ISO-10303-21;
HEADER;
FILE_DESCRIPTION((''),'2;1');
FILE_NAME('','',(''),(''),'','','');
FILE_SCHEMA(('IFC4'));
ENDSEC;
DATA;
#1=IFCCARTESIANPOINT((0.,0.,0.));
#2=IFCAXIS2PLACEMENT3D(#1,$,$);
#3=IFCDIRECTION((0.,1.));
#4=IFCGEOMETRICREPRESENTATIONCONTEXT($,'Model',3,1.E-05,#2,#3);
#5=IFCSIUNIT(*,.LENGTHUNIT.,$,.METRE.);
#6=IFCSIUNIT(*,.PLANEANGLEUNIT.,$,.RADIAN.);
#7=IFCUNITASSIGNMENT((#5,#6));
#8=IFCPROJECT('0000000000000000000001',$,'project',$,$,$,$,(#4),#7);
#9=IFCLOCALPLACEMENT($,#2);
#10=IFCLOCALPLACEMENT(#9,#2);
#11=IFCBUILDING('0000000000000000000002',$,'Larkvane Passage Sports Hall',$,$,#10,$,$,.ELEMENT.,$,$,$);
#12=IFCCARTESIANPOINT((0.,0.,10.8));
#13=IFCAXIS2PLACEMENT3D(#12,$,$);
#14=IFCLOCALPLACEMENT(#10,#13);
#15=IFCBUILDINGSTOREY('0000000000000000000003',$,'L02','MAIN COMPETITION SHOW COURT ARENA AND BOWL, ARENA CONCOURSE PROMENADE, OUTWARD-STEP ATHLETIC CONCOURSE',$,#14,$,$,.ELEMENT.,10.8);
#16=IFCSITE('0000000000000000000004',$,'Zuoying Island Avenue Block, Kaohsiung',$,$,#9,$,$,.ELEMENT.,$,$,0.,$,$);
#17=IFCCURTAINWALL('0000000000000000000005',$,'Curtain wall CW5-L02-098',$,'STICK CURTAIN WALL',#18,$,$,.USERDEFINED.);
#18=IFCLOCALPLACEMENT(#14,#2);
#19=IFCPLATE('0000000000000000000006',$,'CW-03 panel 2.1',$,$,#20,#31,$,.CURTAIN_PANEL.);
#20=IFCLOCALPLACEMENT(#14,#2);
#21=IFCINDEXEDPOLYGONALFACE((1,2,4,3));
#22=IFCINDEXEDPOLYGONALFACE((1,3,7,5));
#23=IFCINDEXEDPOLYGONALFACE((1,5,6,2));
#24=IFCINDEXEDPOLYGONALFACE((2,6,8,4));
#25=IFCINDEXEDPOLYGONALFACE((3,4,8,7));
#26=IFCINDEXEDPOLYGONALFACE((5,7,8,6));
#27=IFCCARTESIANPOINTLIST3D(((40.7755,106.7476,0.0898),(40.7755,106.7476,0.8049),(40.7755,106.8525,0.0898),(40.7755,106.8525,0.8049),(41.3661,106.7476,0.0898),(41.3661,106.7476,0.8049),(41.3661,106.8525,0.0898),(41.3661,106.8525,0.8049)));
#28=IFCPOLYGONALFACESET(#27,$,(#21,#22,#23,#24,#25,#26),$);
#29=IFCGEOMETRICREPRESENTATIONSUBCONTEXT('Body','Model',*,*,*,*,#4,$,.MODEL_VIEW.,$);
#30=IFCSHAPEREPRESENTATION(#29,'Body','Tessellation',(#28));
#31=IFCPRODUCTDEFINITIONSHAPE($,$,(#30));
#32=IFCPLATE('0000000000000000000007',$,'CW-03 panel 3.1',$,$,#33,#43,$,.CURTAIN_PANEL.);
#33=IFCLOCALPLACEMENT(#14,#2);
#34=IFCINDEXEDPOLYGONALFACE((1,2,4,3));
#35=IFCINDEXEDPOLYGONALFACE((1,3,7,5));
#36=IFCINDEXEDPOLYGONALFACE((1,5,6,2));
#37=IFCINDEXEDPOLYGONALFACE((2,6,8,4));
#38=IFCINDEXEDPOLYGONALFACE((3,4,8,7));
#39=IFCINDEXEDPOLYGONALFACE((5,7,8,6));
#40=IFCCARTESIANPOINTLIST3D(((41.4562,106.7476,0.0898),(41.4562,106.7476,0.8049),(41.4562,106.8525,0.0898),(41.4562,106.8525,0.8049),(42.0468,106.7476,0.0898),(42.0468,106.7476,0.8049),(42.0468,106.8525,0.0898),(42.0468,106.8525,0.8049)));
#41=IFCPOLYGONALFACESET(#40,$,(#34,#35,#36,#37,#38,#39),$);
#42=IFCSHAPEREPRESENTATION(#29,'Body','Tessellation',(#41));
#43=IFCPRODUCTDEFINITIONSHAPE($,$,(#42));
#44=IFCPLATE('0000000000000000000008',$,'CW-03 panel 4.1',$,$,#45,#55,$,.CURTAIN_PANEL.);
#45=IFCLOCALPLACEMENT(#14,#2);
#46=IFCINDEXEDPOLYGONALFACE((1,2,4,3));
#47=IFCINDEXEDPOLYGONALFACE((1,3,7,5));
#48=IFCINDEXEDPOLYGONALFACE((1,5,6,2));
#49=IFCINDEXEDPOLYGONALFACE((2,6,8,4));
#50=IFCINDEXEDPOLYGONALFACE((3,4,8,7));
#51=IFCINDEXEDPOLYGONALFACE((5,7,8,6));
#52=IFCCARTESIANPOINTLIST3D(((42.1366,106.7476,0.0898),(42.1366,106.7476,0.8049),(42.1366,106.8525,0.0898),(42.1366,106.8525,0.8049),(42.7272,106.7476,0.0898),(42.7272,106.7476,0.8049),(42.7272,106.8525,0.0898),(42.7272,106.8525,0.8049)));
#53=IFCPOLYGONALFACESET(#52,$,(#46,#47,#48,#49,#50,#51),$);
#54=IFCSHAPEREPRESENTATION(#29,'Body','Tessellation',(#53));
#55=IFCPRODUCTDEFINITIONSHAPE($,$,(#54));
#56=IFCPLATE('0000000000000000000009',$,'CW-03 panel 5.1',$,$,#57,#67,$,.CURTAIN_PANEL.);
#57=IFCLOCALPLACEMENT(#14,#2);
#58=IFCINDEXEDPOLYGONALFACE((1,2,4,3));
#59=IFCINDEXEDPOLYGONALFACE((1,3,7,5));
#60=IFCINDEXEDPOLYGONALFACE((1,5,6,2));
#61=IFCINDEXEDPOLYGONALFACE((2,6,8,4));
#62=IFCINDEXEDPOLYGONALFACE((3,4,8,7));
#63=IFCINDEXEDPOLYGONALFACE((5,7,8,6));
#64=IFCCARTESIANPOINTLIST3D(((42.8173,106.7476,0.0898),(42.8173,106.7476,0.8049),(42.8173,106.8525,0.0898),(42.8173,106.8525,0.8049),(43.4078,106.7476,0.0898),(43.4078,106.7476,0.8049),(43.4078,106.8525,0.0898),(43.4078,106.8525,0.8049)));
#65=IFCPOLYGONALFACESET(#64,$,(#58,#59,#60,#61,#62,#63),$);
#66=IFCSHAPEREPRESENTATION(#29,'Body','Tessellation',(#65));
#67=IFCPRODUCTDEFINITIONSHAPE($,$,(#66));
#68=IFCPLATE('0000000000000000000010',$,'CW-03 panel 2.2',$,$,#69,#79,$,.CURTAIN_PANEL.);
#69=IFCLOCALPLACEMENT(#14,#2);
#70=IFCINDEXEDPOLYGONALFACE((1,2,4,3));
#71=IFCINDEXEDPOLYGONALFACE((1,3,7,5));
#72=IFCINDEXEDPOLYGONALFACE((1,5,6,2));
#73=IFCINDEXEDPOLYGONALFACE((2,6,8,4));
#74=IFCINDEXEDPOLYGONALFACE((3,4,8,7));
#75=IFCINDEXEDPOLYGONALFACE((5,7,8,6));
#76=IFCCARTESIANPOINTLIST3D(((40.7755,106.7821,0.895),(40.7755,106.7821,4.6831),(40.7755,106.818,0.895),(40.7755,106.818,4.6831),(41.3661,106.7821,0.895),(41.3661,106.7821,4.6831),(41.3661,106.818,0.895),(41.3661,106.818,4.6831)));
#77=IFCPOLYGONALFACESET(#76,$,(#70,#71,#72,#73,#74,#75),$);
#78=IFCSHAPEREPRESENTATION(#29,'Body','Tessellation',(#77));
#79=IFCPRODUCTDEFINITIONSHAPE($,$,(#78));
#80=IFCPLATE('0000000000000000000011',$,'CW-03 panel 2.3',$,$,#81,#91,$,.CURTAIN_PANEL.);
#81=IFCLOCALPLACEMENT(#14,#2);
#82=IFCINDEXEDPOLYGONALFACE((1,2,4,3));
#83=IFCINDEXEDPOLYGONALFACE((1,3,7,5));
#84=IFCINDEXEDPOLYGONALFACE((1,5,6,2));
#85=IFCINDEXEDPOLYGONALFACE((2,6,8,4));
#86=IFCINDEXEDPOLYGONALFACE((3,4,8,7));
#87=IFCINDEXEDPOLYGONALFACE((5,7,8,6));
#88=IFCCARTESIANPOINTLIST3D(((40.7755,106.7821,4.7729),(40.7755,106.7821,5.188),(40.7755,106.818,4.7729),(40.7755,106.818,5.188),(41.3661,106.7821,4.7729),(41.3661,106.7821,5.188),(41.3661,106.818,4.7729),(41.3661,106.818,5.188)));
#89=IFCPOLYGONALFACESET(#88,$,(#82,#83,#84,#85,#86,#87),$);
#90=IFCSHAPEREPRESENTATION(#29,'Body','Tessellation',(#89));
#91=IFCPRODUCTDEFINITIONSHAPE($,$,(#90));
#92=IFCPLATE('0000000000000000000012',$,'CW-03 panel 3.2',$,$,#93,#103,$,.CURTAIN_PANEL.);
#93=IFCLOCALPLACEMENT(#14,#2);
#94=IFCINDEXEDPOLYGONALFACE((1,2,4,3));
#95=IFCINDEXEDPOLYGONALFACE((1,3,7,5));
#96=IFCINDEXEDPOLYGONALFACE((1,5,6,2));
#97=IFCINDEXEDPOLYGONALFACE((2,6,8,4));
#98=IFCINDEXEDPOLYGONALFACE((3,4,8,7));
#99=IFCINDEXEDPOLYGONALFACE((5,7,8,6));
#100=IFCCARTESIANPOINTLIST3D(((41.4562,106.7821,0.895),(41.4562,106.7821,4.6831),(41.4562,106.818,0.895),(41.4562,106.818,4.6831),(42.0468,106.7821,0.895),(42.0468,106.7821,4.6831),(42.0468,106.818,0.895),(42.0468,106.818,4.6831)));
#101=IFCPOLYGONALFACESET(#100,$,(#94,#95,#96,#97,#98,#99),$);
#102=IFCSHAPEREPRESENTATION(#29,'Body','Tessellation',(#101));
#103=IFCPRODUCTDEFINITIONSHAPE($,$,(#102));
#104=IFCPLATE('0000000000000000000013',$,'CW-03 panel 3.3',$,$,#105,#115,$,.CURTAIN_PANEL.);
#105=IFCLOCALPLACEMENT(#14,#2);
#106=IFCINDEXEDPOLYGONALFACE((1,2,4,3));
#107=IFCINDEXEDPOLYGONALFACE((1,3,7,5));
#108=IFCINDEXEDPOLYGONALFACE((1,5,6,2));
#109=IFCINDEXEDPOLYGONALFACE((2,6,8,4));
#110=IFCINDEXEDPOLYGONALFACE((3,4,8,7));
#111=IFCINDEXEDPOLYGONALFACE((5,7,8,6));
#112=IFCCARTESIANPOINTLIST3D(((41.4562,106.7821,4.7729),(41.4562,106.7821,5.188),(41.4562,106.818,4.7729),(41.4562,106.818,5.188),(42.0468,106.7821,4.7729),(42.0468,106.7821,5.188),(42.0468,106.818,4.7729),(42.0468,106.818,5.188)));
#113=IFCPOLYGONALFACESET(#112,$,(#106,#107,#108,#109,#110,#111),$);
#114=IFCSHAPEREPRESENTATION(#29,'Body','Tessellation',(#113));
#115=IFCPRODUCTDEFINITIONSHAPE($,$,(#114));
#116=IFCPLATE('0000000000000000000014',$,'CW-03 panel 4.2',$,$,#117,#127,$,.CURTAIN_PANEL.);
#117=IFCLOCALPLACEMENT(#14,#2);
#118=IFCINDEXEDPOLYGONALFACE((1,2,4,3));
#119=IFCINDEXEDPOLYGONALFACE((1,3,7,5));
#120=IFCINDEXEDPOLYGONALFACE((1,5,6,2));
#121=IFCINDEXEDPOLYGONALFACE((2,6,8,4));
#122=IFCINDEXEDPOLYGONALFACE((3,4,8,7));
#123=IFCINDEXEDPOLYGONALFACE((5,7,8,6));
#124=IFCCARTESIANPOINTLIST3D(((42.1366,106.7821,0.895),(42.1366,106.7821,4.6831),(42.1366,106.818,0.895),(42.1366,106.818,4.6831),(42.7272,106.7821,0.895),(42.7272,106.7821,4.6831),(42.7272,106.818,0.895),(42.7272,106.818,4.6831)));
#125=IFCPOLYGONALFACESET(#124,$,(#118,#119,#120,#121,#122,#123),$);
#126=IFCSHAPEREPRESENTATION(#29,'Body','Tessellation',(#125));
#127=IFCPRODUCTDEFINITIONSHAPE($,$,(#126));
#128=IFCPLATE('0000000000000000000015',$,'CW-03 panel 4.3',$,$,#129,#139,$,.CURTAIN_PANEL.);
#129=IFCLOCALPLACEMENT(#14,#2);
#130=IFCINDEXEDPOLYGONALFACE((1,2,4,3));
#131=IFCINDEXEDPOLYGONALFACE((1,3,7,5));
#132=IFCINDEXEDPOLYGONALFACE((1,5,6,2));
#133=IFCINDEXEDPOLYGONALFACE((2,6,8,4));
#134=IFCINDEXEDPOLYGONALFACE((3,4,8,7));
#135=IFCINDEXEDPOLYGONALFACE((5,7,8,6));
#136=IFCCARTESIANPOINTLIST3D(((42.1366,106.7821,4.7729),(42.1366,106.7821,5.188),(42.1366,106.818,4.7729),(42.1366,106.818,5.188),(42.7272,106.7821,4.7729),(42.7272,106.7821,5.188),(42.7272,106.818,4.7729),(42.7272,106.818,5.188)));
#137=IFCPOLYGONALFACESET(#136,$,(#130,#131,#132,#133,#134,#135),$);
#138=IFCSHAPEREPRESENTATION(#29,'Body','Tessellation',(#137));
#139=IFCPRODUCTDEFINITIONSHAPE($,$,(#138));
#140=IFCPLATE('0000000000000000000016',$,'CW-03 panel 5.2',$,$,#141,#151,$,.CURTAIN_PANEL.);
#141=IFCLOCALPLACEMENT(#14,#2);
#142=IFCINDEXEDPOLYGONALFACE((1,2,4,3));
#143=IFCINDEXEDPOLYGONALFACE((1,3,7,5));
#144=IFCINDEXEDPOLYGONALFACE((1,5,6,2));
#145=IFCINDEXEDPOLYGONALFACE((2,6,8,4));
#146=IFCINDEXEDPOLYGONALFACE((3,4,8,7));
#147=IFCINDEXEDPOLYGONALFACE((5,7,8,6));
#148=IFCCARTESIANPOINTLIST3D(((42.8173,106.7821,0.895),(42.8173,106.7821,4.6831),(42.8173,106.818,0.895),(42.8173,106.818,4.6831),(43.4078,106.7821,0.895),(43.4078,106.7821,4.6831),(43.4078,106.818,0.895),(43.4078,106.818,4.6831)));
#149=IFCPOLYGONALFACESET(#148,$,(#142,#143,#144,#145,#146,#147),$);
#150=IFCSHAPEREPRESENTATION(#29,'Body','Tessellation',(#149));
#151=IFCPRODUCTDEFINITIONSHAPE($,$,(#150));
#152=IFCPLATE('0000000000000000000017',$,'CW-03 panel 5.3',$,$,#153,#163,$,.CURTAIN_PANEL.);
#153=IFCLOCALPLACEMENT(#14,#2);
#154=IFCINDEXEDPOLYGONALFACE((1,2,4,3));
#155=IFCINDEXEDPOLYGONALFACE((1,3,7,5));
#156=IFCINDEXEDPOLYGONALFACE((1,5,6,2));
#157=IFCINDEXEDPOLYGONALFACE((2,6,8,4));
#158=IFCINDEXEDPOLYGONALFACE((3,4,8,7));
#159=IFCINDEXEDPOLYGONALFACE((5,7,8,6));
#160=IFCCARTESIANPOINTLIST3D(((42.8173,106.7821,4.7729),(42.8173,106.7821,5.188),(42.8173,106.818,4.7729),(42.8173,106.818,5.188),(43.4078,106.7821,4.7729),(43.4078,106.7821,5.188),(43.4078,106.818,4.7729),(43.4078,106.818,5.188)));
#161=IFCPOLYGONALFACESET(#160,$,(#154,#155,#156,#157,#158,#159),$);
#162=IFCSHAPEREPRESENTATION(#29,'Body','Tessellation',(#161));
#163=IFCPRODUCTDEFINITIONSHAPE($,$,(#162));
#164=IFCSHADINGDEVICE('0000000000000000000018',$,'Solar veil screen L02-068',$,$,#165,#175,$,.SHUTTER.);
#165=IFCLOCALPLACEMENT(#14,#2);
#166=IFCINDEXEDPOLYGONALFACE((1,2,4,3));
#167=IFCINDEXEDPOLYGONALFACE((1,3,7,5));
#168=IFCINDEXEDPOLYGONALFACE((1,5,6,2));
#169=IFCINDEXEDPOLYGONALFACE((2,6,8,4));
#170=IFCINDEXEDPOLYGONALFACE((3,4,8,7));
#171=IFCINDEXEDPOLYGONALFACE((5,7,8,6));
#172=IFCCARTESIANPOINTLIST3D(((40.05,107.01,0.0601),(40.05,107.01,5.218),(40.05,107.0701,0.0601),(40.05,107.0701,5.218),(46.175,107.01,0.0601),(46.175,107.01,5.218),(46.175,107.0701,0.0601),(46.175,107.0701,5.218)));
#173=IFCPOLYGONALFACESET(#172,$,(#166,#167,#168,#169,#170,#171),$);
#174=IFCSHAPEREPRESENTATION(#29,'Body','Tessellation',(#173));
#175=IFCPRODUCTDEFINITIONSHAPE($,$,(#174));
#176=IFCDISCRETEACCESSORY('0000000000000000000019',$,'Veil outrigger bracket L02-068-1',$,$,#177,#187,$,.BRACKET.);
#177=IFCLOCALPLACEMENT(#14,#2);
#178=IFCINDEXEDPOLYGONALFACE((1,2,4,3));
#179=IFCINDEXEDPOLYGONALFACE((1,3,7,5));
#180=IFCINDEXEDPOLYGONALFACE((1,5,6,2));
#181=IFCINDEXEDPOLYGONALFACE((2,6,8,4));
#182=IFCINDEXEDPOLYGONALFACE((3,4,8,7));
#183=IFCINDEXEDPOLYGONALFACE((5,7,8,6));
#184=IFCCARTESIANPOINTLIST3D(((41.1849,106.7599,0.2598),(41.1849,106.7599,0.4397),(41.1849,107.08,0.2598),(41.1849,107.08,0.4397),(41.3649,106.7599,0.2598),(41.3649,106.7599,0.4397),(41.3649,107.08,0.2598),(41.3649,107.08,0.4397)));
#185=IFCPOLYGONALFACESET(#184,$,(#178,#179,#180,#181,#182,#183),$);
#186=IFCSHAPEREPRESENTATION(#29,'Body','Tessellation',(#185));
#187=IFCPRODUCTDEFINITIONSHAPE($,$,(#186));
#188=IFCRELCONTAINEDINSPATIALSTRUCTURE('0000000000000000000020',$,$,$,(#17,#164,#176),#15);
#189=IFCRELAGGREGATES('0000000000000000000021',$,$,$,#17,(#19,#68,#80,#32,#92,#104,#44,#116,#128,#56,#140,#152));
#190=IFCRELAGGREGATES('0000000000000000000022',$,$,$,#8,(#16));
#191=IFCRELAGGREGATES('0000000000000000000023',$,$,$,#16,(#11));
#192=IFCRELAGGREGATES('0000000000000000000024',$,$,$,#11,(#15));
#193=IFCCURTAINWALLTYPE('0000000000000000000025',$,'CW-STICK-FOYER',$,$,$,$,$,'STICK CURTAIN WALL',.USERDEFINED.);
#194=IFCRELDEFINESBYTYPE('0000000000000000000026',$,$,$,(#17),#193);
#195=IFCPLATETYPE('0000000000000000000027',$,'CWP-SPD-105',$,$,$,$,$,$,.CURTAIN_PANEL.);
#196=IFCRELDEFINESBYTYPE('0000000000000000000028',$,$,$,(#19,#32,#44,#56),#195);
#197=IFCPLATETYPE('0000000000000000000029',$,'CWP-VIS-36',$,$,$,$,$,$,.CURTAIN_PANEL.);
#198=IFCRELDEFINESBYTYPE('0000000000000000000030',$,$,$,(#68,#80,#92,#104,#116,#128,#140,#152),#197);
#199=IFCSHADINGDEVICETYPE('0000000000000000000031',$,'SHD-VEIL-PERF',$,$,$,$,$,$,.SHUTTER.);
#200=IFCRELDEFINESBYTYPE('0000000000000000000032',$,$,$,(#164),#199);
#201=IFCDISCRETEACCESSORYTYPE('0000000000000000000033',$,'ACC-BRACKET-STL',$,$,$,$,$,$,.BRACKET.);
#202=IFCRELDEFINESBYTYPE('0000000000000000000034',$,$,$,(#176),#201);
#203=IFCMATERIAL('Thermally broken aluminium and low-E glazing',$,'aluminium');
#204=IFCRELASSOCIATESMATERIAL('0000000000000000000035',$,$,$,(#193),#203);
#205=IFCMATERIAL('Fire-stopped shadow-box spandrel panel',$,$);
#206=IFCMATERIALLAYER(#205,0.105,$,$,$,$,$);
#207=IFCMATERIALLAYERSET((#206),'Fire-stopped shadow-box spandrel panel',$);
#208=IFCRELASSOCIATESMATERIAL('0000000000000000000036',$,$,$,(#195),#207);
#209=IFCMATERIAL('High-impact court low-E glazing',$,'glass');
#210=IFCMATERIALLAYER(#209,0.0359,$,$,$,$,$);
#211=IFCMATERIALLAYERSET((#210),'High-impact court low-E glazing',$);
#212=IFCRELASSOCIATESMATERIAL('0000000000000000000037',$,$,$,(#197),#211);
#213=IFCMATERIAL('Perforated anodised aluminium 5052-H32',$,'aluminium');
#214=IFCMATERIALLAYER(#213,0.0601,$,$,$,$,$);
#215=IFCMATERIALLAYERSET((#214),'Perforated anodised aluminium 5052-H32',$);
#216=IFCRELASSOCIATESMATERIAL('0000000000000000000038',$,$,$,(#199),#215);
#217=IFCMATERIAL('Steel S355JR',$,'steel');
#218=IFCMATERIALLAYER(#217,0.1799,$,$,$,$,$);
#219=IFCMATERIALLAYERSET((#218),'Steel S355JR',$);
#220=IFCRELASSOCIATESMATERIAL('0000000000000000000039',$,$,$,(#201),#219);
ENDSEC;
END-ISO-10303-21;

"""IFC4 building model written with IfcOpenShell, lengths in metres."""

from ifc_helpers import new_model, si_unit, direction, frame, origin, origin_2d, place, context, subcontext, project, spatial, rectangle, extrude, material, layer, layer_set, type_object, element, aggregate, save


model = new_model("IFC4")

# Units and contexts
model_context = context("Model", 3, precision=1e-05, world=origin(), true_north=direction((0.0, 1.0)))
body_context = subcontext(model_context, "Body", "Model", "MODEL_VIEW")
ifc_project = project(units=[si_unit("LENGTHUNIT", "METRE"), si_unit("PLANEANGLEUNIT", "RADIAN")], contexts=[model_context])

# Site, building, storey
site_placement = place(None, origin())
site = spatial("IfcSite", under=ifc_project, at=site_placement, Name="Zuoying Island Avenue Block, Kaohsiung", CompositionType="ELEMENT", RefElevation=0.0)
building_placement = place(site_placement, origin())
building = spatial("IfcBuilding", under=site, at=building_placement, Name="Larkvane Passage Sports Hall", CompositionType="ELEMENT")
storey_placement = place(building_placement, frame((0.0, 0.0, 10.8)))
storey = spatial("IfcBuildingStorey", under=building, at=storey_placement, Name="L02", Description="MAIN COMPETITION SHOW COURT ARENA AND BOWL, ARENA CONCOURSE PROMENADE, OUTWARD-STEP ATHLETIC CONCOURSE", CompositionType="ELEMENT", Elevation=10.8)

# Curtain wall, plates
ifc_material_1 = material(Name="Thermally broken aluminium and low-E glazing", Category="aluminium")
curtain_wall_type = type_object("IfcCurtainWallType", Name="CW-STICK-FOYER", ElementType="STICK CURTAIN WALL", PredefinedType="USERDEFINED", material=ifc_material_1)
curtain_wall_placement = place(storey_placement, origin())
curtain_wall = element("IfcCurtainWall", 1, at=curtain_wall_placement, inside=storey, type_object=curtain_wall_type, Name="Curtain wall CW5-L02-098", ObjectType="STICK CURTAIN WALL", PredefinedType="USERDEFINED")
ifc_material_2 = material(Name="Fire-stopped shadow-box spandrel panel")
ifc_layer_1 = layer(ifc_material_2, 0.105)
ifc_layer_set_1 = layer_set([ifc_layer_1], Name="Fire-stopped shadow-box spandrel panel")
plate_type_1 = type_object("IfcPlateType", Name="CWP-SPD-105", PredefinedType="CURTAIN_PANEL", material=ifc_layer_set_1)
plate_1_placement = place(storey_placement, frame((41.0708, 106.8, 0.0898), z_axis=(0.0, 0.0, 1.0), x_axis=(1.0, 0.0, 0.0)))
plate_1 = element("IfcPlate", 2, at=plate_1_placement, type_object=plate_type_1, Name="CW-03 panel 2.1", PredefinedType="CURTAIN_PANEL", context=body_context, shape_type="SweptSolid", body=[
    extrude(rectangle(XDim=0.5906, YDim=0.105, at=origin_2d()), origin(), (0.0, 0.0, 1.0), 0.7151),
])
plate_2_placement = place(storey_placement, frame((41.7515, 106.8, 0.0898), z_axis=(0.0, 0.0, 1.0), x_axis=(1.0, 0.0, 0.0)))
plate_2 = element("IfcPlate", 3, at=plate_2_placement, type_object=plate_type_1, Name="CW-03 panel 3.1", PredefinedType="CURTAIN_PANEL", context=body_context, shape_type="SweptSolid", body=[
    extrude(rectangle(XDim=0.5906, YDim=0.105, at=origin_2d()), origin(), (0.0, 0.0, 1.0), 0.7151),
])
plate_3_placement = place(storey_placement, frame((42.4319, 106.8, 0.0898), z_axis=(0.0, 0.0, 1.0), x_axis=(1.0, 0.0, 0.0)))
plate_3 = element("IfcPlate", 4, at=plate_3_placement, type_object=plate_type_1, Name="CW-03 panel 4.1", PredefinedType="CURTAIN_PANEL", context=body_context, shape_type="SweptSolid", body=[
    extrude(rectangle(XDim=0.5906, YDim=0.105, at=origin_2d()), origin(), (0.0, 0.0, 1.0), 0.7151),
])
plate_4_placement = place(storey_placement, frame((43.1125, 106.8, 0.0898), z_axis=(0.0, 0.0, 1.0), x_axis=(1.0, 0.0, 0.0)))
plate_4 = element("IfcPlate", 5, at=plate_4_placement, type_object=plate_type_1, Name="CW-03 panel 5.1", PredefinedType="CURTAIN_PANEL", context=body_context, shape_type="SweptSolid", body=[
    extrude(rectangle(XDim=0.5906, YDim=0.105, at=origin_2d()), origin(), (0.0, 0.0, 1.0), 0.7151),
])
ifc_material_3 = material(Name="High-impact court low-E glazing", Category="glass")
ifc_layer_2 = layer(ifc_material_3, 0.0359)
ifc_layer_set_2 = layer_set([ifc_layer_2], Name="High-impact court low-E glazing")
plate_type_2 = type_object("IfcPlateType", Name="CWP-VIS-36", PredefinedType="CURTAIN_PANEL", material=ifc_layer_set_2)
plate_5_placement = place(storey_placement, frame((41.0708, 106.8, 0.895), z_axis=(0.0, 0.0, 1.0), x_axis=(1.0, 0.0, 0.0)))
plate_5 = element("IfcPlate", 6, at=plate_5_placement, type_object=plate_type_2, Name="CW-03 panel 2.2", PredefinedType="CURTAIN_PANEL", context=body_context, shape_type="SweptSolid", body=[
    extrude(rectangle(XDim=0.5906, YDim=0.0359, at=origin_2d()), origin(), (0.0, 0.0, 1.0), 3.7881),
])
plate_6_placement = place(storey_placement, frame((41.0708, 106.8, 4.7729), z_axis=(0.0, 0.0, 1.0), x_axis=(1.0, 0.0, 0.0)))
plate_6 = element("IfcPlate", 7, at=plate_6_placement, type_object=plate_type_2, Name="CW-03 panel 2.3", PredefinedType="CURTAIN_PANEL", context=body_context, shape_type="SweptSolid", body=[
    extrude(rectangle(XDim=0.5906, YDim=0.0359, at=origin_2d()), origin(), (0.0, 0.0, 1.0), 0.415),
])
plate_7_placement = place(storey_placement, frame((41.7515, 106.8, 0.895), z_axis=(0.0, 0.0, 1.0), x_axis=(1.0, 0.0, 0.0)))
plate_7 = element("IfcPlate", 8, at=plate_7_placement, type_object=plate_type_2, Name="CW-03 panel 3.2", PredefinedType="CURTAIN_PANEL", context=body_context, shape_type="SweptSolid", body=[
    extrude(rectangle(XDim=0.5906, YDim=0.0359, at=origin_2d()), origin(), (0.0, 0.0, 1.0), 3.7881),
])
plate_8_placement = place(storey_placement, frame((41.7515, 106.8, 4.7729), z_axis=(0.0, 0.0, 1.0), x_axis=(1.0, 0.0, 0.0)))
plate_8 = element("IfcPlate", 9, at=plate_8_placement, type_object=plate_type_2, Name="CW-03 panel 3.3", PredefinedType="CURTAIN_PANEL", context=body_context, shape_type="SweptSolid", body=[
    extrude(rectangle(XDim=0.5906, YDim=0.0359, at=origin_2d()), origin(), (0.0, 0.0, 1.0), 0.415),
])
plate_9_placement = place(storey_placement, frame((42.4319, 106.8, 0.895), z_axis=(0.0, 0.0, 1.0), x_axis=(1.0, 0.0, 0.0)))
plate_9 = element("IfcPlate", 10, at=plate_9_placement, type_object=plate_type_2, Name="CW-03 panel 4.2", PredefinedType="CURTAIN_PANEL", context=body_context, shape_type="SweptSolid", body=[
    extrude(rectangle(XDim=0.5906, YDim=0.0359, at=origin_2d()), origin(), (0.0, 0.0, 1.0), 3.7881),
])
plate_10_placement = place(storey_placement, frame((42.4319, 106.8, 4.7729), z_axis=(0.0, 0.0, 1.0), x_axis=(1.0, 0.0, 0.0)))
plate_10 = element("IfcPlate", 11, at=plate_10_placement, type_object=plate_type_2, Name="CW-03 panel 4.3", PredefinedType="CURTAIN_PANEL", context=body_context, shape_type="SweptSolid", body=[
    extrude(rectangle(XDim=0.5906, YDim=0.0359, at=origin_2d()), origin(), (0.0, 0.0, 1.0), 0.415),
])
plate_11_placement = place(storey_placement, frame((43.1125, 106.8, 0.895), z_axis=(0.0, 0.0, 1.0), x_axis=(1.0, 0.0, 0.0)))
plate_11 = element("IfcPlate", 12, at=plate_11_placement, type_object=plate_type_2, Name="CW-03 panel 5.2", PredefinedType="CURTAIN_PANEL", context=body_context, shape_type="SweptSolid", body=[
    extrude(rectangle(XDim=0.5906, YDim=0.0359, at=origin_2d()), origin(), (0.0, 0.0, 1.0), 3.7881),
])
plate_12_placement = place(storey_placement, frame((43.1125, 106.8, 4.7729), z_axis=(0.0, 0.0, 1.0), x_axis=(1.0, 0.0, 0.0)))
plate_12 = element("IfcPlate", 13, at=plate_12_placement, type_object=plate_type_2, Name="CW-03 panel 5.3", PredefinedType="CURTAIN_PANEL", context=body_context, shape_type="SweptSolid", body=[
    extrude(rectangle(XDim=0.5906, YDim=0.0359, at=origin_2d()), origin(), (0.0, 0.0, 1.0), 0.415),
])
aggregate(curtain_wall, [plate_1, plate_5, plate_6, plate_2, plate_7, plate_8, plate_3, plate_9, plate_10, plate_4, plate_11, plate_12])

# Shading device
ifc_material_4 = material(Name="Perforated anodised aluminium 5052-H32", Category="aluminium")
ifc_layer_3 = layer(ifc_material_4, 0.0601)
ifc_layer_set_3 = layer_set([ifc_layer_3], Name="Perforated anodised aluminium 5052-H32")
shading_device_type = type_object("IfcShadingDeviceType", Name="SHD-VEIL-PERF", PredefinedType="SHUTTER", material=ifc_layer_set_3)
shading_device_placement = place(storey_placement, frame((43.1125, 107.04, 0.0601), z_axis=(0.0, 0.0, 1.0), x_axis=(1.0, 0.0, 0.0)))
element("IfcShadingDevice", 14, at=shading_device_placement, inside=storey, type_object=shading_device_type, Name="Solar veil screen L02-068", PredefinedType="SHUTTER", context=body_context, shape_type="SweptSolid", body=[
    extrude(rectangle(XDim=6.125, YDim=0.0601, at=origin_2d()), origin(), (0.0, 0.0, 1.0), 5.158),
])

# Discrete accessory
ifc_material_5 = material(Name="Steel S355JR", Category="steel")
ifc_layer_4 = layer(ifc_material_5, 0.1799)
ifc_layer_set_4 = layer_set([ifc_layer_4], Name="Steel S355JR")
discrete_accessory_type = type_object("IfcDiscreteAccessoryType", Name="ACC-BRACKET-STL", PredefinedType="BRACKET", material=ifc_layer_set_4)
discrete_accessory_placement = place(storey_placement, frame((41.2749, 106.9199, 0.2598), z_axis=(0.0, 0.0, 1.0), x_axis=(1.0, 0.0, 0.0)))
element("IfcDiscreteAccessory", 15, at=discrete_accessory_placement, inside=storey, type_object=discrete_accessory_type, Name="Veil outrigger bracket L02-068-1", PredefinedType="BRACKET", context=body_context, shape_type="SweptSolid", body=[
    extrude(rectangle(XDim=0.1799, YDim=0.3201, at=origin_2d()), origin(), (0.0, 0.0, 1.0), 0.1799),
])

save(model, "model.ifc")
